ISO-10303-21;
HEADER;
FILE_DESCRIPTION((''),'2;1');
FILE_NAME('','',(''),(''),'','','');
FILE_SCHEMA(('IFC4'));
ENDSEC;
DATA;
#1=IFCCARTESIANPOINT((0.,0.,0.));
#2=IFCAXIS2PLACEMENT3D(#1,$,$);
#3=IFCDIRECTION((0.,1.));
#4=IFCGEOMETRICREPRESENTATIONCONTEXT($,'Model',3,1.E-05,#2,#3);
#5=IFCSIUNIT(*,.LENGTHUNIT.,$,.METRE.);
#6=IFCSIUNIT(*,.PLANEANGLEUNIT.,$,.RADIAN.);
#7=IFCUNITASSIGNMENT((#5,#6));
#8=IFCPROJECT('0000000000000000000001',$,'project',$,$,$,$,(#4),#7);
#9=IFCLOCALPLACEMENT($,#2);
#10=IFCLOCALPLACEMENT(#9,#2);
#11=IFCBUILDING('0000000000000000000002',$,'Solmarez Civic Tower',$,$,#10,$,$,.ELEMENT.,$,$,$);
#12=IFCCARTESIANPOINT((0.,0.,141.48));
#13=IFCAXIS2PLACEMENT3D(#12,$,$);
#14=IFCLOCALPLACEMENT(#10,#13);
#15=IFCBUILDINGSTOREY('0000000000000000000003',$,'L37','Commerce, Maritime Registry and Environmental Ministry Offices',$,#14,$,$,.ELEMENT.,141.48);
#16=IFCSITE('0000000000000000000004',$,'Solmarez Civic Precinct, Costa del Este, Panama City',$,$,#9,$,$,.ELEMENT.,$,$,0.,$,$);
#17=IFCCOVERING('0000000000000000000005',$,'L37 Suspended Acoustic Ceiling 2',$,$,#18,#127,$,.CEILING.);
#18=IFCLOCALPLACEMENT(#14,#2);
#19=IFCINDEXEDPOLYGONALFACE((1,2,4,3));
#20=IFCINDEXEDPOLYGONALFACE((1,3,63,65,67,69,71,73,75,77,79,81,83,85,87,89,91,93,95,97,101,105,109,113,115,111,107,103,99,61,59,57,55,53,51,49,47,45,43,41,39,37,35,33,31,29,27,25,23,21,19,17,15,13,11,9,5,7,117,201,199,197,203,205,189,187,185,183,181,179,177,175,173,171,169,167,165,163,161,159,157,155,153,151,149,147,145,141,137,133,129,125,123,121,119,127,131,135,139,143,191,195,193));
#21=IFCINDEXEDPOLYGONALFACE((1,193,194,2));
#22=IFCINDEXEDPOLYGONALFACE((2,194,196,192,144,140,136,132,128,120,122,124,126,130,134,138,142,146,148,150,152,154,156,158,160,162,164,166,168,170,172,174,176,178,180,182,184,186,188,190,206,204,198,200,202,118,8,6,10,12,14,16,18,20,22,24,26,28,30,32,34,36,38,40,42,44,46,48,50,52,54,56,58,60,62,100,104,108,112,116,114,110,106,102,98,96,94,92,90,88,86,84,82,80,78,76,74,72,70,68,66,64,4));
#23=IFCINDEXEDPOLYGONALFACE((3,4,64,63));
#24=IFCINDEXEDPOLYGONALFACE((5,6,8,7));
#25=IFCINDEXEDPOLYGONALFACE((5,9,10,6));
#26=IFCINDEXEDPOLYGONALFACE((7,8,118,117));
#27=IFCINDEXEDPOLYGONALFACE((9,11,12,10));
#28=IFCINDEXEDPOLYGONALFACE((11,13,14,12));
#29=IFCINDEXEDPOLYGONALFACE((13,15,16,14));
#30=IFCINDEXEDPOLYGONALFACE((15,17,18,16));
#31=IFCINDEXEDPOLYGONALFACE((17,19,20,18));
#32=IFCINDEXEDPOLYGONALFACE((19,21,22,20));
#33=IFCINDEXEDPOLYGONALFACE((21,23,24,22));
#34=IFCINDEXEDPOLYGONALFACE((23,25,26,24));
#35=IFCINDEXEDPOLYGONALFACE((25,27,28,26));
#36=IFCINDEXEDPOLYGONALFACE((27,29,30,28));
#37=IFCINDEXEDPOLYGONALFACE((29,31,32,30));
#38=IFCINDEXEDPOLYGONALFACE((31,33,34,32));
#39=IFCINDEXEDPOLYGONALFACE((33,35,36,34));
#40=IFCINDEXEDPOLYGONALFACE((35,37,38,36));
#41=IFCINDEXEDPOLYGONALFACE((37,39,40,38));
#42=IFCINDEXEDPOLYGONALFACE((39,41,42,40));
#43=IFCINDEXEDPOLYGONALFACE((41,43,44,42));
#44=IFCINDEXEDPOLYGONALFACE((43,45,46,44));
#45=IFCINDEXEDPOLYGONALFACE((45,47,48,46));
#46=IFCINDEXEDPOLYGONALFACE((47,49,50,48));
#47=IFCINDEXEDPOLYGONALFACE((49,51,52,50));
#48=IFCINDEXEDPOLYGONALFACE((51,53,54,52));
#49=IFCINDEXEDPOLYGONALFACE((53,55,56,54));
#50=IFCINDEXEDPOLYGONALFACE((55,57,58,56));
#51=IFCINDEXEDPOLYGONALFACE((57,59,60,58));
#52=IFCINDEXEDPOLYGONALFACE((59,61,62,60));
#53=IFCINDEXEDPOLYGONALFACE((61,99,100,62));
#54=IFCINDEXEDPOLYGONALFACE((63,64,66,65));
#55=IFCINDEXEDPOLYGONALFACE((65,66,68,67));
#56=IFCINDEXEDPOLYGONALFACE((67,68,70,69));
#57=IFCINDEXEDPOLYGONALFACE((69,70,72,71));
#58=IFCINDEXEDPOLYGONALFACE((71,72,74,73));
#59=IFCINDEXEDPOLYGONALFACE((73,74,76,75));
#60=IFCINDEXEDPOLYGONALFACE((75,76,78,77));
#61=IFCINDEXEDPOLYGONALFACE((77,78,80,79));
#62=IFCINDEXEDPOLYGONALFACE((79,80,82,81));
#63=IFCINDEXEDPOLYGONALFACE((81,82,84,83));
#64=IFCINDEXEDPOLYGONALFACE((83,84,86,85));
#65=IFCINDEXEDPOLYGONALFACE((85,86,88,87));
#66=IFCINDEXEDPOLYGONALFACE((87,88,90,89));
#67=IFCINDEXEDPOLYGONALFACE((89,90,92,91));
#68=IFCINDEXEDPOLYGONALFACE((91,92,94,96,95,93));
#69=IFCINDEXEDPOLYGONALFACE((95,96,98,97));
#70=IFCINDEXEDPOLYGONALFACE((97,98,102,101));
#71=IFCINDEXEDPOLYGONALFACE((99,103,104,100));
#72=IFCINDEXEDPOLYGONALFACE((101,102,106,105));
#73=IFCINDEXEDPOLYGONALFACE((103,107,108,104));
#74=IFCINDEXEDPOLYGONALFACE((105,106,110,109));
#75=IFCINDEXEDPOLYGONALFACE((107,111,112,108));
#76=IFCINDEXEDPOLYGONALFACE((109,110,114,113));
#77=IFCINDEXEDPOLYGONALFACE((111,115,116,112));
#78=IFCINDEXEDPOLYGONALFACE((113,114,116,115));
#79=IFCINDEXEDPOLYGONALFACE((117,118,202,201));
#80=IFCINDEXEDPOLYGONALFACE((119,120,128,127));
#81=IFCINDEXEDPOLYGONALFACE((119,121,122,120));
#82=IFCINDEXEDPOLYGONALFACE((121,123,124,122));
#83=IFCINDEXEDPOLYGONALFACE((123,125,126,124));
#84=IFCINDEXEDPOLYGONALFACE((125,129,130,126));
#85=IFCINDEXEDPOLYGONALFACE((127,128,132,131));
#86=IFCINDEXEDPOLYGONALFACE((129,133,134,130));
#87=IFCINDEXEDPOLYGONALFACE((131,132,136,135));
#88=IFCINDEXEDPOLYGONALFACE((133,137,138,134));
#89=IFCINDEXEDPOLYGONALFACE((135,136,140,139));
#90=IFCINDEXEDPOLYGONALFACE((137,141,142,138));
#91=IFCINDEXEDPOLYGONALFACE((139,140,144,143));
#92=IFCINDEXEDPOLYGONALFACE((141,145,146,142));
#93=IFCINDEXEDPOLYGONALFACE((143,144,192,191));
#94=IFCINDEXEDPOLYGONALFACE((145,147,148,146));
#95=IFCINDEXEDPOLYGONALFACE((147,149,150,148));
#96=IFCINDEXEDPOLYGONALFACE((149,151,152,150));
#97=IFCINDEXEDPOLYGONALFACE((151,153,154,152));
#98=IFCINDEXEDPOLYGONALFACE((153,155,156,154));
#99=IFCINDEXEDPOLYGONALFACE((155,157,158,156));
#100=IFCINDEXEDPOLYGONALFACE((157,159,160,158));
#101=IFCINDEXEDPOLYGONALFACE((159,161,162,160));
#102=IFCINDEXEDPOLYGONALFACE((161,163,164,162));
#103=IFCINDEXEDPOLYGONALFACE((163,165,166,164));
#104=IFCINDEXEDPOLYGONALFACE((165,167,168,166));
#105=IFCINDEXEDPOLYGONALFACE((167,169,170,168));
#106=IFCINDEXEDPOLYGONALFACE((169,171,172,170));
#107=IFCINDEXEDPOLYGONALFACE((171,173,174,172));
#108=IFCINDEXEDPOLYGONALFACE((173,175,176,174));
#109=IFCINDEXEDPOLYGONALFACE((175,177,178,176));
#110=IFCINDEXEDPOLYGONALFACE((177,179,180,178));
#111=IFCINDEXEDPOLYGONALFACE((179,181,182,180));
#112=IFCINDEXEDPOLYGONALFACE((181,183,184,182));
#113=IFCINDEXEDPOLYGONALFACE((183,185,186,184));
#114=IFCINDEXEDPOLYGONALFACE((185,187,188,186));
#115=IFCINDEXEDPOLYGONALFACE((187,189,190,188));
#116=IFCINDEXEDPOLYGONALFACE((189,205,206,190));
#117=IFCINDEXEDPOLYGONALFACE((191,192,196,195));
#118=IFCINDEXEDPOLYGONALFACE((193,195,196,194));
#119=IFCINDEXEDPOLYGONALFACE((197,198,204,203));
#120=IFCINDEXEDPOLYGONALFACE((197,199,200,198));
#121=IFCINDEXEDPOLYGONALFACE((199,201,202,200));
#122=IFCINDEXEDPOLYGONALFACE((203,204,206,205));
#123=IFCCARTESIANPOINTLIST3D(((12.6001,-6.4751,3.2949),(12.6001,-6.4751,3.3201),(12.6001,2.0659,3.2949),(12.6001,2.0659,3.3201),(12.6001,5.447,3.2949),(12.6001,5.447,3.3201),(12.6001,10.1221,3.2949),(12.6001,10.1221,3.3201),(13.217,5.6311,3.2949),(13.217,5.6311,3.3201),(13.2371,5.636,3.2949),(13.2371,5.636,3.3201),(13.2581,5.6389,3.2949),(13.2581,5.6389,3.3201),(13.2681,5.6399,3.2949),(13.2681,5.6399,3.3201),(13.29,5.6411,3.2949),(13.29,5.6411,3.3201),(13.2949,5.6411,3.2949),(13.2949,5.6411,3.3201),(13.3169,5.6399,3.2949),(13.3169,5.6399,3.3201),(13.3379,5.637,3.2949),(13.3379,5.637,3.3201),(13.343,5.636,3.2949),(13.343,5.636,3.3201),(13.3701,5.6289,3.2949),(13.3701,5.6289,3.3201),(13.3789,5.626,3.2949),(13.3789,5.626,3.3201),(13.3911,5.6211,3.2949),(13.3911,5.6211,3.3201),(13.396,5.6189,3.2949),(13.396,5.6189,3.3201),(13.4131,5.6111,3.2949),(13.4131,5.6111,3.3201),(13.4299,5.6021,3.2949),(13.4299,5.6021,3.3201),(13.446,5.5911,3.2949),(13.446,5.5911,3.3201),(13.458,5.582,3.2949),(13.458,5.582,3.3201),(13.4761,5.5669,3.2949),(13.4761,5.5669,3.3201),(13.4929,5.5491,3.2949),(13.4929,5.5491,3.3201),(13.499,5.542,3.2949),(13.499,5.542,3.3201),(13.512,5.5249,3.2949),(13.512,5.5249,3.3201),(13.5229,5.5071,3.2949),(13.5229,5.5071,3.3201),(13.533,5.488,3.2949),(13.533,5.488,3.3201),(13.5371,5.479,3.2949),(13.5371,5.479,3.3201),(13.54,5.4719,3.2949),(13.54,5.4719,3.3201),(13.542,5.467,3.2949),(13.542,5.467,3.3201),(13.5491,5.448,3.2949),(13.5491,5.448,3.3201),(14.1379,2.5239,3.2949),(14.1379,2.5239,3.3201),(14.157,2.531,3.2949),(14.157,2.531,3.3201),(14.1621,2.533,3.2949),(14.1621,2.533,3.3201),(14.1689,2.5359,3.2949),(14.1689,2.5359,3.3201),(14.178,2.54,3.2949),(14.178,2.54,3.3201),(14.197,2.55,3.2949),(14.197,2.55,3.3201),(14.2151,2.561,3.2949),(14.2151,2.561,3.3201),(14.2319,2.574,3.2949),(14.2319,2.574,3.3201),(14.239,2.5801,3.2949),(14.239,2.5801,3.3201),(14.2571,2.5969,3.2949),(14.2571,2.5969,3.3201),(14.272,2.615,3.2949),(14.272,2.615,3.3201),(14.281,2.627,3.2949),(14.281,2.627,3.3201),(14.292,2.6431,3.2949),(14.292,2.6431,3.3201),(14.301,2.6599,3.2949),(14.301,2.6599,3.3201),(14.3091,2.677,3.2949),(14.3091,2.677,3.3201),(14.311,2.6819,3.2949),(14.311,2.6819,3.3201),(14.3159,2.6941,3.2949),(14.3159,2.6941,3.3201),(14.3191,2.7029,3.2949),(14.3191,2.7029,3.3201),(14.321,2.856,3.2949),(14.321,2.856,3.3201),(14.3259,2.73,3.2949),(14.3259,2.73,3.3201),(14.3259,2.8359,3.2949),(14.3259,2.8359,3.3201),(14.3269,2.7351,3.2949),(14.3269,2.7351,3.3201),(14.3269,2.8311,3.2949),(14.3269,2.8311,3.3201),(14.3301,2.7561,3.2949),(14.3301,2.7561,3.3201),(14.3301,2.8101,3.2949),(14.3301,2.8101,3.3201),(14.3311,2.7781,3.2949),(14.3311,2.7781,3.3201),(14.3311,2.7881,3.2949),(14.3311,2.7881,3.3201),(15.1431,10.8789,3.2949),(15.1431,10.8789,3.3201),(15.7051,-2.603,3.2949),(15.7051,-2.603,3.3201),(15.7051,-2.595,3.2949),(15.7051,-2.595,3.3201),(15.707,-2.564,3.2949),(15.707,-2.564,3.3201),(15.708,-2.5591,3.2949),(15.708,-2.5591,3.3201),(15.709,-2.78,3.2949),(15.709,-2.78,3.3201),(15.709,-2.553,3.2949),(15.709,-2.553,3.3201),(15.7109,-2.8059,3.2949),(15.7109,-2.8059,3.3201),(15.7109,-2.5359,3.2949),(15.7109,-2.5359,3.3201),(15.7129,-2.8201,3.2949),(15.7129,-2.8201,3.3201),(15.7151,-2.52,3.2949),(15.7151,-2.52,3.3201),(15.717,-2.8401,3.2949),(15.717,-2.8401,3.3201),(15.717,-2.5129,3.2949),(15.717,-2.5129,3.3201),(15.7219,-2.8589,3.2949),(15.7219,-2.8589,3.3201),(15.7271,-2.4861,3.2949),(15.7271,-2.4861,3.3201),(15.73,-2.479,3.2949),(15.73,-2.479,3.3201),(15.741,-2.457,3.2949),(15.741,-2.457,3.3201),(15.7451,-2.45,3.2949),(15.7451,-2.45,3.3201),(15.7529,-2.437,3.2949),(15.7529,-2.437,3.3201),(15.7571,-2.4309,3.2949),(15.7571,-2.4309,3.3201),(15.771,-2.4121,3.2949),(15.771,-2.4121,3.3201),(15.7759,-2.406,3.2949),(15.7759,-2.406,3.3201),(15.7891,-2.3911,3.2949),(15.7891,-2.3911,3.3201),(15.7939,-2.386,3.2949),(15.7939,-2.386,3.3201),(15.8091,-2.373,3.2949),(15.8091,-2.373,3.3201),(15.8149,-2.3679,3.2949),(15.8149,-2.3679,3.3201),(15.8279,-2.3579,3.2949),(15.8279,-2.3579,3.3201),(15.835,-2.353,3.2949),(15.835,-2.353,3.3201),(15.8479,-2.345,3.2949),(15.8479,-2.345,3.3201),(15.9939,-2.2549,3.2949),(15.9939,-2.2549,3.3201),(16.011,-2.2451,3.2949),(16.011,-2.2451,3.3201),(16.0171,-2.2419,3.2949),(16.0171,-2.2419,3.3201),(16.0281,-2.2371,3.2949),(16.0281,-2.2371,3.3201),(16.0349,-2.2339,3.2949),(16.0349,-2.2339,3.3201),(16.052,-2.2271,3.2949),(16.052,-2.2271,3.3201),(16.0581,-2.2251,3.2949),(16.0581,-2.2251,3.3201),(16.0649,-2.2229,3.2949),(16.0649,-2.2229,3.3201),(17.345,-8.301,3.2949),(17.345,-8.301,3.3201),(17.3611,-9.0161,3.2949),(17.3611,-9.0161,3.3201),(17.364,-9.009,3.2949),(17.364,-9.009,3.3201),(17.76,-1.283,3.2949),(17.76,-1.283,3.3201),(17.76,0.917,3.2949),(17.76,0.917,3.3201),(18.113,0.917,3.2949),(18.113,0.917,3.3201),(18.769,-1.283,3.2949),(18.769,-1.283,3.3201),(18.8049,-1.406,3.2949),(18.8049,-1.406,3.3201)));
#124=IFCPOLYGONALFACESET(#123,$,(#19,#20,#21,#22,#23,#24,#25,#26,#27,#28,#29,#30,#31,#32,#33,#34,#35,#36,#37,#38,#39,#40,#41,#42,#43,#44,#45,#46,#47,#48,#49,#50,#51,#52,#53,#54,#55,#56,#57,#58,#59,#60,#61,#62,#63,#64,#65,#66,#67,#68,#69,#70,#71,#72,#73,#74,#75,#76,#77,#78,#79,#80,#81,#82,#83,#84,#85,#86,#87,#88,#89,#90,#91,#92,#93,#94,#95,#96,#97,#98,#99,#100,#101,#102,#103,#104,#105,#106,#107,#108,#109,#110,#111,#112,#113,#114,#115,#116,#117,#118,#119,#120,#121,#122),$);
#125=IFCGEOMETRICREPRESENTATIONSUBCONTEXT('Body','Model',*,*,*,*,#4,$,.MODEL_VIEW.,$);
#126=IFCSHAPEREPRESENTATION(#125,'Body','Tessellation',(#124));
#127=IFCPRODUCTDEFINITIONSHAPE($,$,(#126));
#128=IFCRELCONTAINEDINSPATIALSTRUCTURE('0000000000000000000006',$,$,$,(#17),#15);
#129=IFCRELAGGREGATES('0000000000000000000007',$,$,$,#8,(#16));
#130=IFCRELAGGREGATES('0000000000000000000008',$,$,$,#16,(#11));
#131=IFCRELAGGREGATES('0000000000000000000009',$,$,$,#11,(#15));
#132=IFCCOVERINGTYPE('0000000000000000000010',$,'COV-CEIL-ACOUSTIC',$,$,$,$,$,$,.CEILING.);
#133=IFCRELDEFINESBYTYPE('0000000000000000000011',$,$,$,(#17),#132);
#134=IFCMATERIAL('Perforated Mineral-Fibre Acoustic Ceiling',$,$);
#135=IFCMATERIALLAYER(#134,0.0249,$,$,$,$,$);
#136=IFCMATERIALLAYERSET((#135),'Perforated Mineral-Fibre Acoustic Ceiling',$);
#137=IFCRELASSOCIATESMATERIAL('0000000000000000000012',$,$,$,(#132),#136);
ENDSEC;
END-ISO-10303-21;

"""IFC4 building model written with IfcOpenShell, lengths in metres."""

from ifc_helpers import new_model, si_unit, direction, frame, origin, place, context, subcontext, project, spatial, polyline, outline, extrude, material, layer, layer_set, type_object, element, save


model = new_model("IFC4")

# Units and contexts
model_context = context("Model", 3, precision=1e-05, world=origin(), true_north=direction((0.0, 1.0)))
body_context = subcontext(model_context, "Body", "Model", "MODEL_VIEW")
ifc_project = project(units=[si_unit("LENGTHUNIT", "METRE"), si_unit("PLANEANGLEUNIT", "RADIAN")], contexts=[model_context])

# Site, building, storey
site_placement = place(None, origin())
site = spatial("IfcSite", under=ifc_project, at=site_placement, Name="Solmarez Civic Precinct, Costa del Este, Panama City", CompositionType="ELEMENT", RefElevation=0.0)
building_placement = place(site_placement, origin())
building = spatial("IfcBuilding", under=site, at=building_placement, Name="Solmarez Civic Tower", CompositionType="ELEMENT")
storey_placement = place(building_placement, frame((0.0, 0.0, 141.48)))
storey = spatial("IfcBuildingStorey", under=building, at=storey_placement, Name="L37", Description="Commerce, Maritime Registry and Environmental Ministry Offices", CompositionType="ELEMENT", Elevation=141.48)

# Covering
ifc_material_1 = material(Name="Perforated Mineral-Fibre Acoustic Ceiling")
ifc_layer_1 = layer(ifc_material_1, 0.0249)
ifc_layer_set_1 = layer_set([ifc_layer_1], Name="Perforated Mineral-Fibre Acoustic Ceiling")
covering_type_1 = type_object("IfcCoveringType", Name="COV-CEIL-ACOUSTIC", PredefinedType="CEILING", material=ifc_layer_set_1)
covering_1_placement = place(storey_placement, frame((0.0, 0.0, 3.2949)))
element("IfcCovering", 1, at=covering_1_placement, inside=storey, type_object=covering_type_1, Name="L37 Suspended Acoustic Ceiling 2", PredefinedType="CEILING", context=body_context, shape_type="SweptSolid", body=[
    extrude(outline(polyline([(12.6001, 10.1221), (12.6001, 5.447), (13.217, 5.6311), (13.2371, 5.636), (13.2581, 5.6389), (13.2681, 5.6399), (13.29, 5.6411), (13.2949, 5.6411), (13.3169, 5.6399), (13.3379, 5.637), (13.343, 5.636), (13.3701, 5.6289), (13.3789, 5.626), (13.3911, 5.6211), (13.396, 5.6189), (13.4131, 5.6111), (13.4299, 5.6021), (13.446, 5.5911), (13.458, 5.582), (13.4761, 5.5669), (13.4929, 5.5491), (13.499, 5.542), (13.512, 5.5249), (13.5229, 5.5071), (13.533, 5.488), (13.5371, 5.479), (13.54, 5.4719), (13.542, 5.467), (13.5491, 5.448), (14.321, 2.856), (14.3259, 2.8359), (14.3269, 2.8311), (14.3301, 2.8101), (14.3311, 2.7881), (14.3311, 2.7781), (14.3301, 2.7561), (14.3269, 2.7351), (14.3259, 2.73), (14.3191, 2.7029), (14.3159, 2.6941), (14.311, 2.6819), (14.3091, 2.677), (14.301, 2.6599), (14.292, 2.6431), (14.281, 2.627), (14.272, 2.615), (14.2571, 2.5969), (14.239, 2.5801), (14.2319, 2.574), (14.2151, 2.561), (14.197, 2.55), (14.178, 2.54), (14.1689, 2.5359), (14.1621, 2.533), (14.157, 2.531), (14.1379, 2.5239), (12.6001, 2.0659), (12.6001, -6.4751), (17.3611, -9.0161), (17.364, -9.009), (17.345, -8.301), (15.7219, -2.8589), (15.717, -2.8401), (15.7129, -2.8201), (15.7109, -2.8059), (15.709, -2.78), (15.7051, -2.603), (15.7051, -2.595), (15.707, -2.564), (15.708, -2.5591), (15.709, -2.553), (15.7109, -2.5359), (15.7151, -2.52), (15.717, -2.5129), (15.7271, -2.4861), (15.73, -2.479), (15.741, -2.457), (15.7451, -2.45), (15.7529, -2.437), (15.7571, -2.4309), (15.771, -2.4121), (15.7759, -2.406), (15.7891, -2.3911), (15.7939, -2.386), (15.8091, -2.373), (15.8149, -2.3679), (15.8279, -2.3579), (15.835, -2.353), (15.8479, -2.345), (15.9939, -2.2549), (16.011, -2.2451), (16.0171, -2.2419), (16.0281, -2.2371), (16.0349, -2.2339), (16.052, -2.2271), (16.0581, -2.2251), (16.0649, -2.2229), (18.8049, -1.406), (18.769, -1.283), (17.76, -1.283), (17.76, 0.917), (18.113, 0.917), (15.1431, 10.8789), (12.6001, 10.1221)])), origin(), (0.0, 0.0, 1.0), 0.0251),
])

save(model, "model.ifc")
